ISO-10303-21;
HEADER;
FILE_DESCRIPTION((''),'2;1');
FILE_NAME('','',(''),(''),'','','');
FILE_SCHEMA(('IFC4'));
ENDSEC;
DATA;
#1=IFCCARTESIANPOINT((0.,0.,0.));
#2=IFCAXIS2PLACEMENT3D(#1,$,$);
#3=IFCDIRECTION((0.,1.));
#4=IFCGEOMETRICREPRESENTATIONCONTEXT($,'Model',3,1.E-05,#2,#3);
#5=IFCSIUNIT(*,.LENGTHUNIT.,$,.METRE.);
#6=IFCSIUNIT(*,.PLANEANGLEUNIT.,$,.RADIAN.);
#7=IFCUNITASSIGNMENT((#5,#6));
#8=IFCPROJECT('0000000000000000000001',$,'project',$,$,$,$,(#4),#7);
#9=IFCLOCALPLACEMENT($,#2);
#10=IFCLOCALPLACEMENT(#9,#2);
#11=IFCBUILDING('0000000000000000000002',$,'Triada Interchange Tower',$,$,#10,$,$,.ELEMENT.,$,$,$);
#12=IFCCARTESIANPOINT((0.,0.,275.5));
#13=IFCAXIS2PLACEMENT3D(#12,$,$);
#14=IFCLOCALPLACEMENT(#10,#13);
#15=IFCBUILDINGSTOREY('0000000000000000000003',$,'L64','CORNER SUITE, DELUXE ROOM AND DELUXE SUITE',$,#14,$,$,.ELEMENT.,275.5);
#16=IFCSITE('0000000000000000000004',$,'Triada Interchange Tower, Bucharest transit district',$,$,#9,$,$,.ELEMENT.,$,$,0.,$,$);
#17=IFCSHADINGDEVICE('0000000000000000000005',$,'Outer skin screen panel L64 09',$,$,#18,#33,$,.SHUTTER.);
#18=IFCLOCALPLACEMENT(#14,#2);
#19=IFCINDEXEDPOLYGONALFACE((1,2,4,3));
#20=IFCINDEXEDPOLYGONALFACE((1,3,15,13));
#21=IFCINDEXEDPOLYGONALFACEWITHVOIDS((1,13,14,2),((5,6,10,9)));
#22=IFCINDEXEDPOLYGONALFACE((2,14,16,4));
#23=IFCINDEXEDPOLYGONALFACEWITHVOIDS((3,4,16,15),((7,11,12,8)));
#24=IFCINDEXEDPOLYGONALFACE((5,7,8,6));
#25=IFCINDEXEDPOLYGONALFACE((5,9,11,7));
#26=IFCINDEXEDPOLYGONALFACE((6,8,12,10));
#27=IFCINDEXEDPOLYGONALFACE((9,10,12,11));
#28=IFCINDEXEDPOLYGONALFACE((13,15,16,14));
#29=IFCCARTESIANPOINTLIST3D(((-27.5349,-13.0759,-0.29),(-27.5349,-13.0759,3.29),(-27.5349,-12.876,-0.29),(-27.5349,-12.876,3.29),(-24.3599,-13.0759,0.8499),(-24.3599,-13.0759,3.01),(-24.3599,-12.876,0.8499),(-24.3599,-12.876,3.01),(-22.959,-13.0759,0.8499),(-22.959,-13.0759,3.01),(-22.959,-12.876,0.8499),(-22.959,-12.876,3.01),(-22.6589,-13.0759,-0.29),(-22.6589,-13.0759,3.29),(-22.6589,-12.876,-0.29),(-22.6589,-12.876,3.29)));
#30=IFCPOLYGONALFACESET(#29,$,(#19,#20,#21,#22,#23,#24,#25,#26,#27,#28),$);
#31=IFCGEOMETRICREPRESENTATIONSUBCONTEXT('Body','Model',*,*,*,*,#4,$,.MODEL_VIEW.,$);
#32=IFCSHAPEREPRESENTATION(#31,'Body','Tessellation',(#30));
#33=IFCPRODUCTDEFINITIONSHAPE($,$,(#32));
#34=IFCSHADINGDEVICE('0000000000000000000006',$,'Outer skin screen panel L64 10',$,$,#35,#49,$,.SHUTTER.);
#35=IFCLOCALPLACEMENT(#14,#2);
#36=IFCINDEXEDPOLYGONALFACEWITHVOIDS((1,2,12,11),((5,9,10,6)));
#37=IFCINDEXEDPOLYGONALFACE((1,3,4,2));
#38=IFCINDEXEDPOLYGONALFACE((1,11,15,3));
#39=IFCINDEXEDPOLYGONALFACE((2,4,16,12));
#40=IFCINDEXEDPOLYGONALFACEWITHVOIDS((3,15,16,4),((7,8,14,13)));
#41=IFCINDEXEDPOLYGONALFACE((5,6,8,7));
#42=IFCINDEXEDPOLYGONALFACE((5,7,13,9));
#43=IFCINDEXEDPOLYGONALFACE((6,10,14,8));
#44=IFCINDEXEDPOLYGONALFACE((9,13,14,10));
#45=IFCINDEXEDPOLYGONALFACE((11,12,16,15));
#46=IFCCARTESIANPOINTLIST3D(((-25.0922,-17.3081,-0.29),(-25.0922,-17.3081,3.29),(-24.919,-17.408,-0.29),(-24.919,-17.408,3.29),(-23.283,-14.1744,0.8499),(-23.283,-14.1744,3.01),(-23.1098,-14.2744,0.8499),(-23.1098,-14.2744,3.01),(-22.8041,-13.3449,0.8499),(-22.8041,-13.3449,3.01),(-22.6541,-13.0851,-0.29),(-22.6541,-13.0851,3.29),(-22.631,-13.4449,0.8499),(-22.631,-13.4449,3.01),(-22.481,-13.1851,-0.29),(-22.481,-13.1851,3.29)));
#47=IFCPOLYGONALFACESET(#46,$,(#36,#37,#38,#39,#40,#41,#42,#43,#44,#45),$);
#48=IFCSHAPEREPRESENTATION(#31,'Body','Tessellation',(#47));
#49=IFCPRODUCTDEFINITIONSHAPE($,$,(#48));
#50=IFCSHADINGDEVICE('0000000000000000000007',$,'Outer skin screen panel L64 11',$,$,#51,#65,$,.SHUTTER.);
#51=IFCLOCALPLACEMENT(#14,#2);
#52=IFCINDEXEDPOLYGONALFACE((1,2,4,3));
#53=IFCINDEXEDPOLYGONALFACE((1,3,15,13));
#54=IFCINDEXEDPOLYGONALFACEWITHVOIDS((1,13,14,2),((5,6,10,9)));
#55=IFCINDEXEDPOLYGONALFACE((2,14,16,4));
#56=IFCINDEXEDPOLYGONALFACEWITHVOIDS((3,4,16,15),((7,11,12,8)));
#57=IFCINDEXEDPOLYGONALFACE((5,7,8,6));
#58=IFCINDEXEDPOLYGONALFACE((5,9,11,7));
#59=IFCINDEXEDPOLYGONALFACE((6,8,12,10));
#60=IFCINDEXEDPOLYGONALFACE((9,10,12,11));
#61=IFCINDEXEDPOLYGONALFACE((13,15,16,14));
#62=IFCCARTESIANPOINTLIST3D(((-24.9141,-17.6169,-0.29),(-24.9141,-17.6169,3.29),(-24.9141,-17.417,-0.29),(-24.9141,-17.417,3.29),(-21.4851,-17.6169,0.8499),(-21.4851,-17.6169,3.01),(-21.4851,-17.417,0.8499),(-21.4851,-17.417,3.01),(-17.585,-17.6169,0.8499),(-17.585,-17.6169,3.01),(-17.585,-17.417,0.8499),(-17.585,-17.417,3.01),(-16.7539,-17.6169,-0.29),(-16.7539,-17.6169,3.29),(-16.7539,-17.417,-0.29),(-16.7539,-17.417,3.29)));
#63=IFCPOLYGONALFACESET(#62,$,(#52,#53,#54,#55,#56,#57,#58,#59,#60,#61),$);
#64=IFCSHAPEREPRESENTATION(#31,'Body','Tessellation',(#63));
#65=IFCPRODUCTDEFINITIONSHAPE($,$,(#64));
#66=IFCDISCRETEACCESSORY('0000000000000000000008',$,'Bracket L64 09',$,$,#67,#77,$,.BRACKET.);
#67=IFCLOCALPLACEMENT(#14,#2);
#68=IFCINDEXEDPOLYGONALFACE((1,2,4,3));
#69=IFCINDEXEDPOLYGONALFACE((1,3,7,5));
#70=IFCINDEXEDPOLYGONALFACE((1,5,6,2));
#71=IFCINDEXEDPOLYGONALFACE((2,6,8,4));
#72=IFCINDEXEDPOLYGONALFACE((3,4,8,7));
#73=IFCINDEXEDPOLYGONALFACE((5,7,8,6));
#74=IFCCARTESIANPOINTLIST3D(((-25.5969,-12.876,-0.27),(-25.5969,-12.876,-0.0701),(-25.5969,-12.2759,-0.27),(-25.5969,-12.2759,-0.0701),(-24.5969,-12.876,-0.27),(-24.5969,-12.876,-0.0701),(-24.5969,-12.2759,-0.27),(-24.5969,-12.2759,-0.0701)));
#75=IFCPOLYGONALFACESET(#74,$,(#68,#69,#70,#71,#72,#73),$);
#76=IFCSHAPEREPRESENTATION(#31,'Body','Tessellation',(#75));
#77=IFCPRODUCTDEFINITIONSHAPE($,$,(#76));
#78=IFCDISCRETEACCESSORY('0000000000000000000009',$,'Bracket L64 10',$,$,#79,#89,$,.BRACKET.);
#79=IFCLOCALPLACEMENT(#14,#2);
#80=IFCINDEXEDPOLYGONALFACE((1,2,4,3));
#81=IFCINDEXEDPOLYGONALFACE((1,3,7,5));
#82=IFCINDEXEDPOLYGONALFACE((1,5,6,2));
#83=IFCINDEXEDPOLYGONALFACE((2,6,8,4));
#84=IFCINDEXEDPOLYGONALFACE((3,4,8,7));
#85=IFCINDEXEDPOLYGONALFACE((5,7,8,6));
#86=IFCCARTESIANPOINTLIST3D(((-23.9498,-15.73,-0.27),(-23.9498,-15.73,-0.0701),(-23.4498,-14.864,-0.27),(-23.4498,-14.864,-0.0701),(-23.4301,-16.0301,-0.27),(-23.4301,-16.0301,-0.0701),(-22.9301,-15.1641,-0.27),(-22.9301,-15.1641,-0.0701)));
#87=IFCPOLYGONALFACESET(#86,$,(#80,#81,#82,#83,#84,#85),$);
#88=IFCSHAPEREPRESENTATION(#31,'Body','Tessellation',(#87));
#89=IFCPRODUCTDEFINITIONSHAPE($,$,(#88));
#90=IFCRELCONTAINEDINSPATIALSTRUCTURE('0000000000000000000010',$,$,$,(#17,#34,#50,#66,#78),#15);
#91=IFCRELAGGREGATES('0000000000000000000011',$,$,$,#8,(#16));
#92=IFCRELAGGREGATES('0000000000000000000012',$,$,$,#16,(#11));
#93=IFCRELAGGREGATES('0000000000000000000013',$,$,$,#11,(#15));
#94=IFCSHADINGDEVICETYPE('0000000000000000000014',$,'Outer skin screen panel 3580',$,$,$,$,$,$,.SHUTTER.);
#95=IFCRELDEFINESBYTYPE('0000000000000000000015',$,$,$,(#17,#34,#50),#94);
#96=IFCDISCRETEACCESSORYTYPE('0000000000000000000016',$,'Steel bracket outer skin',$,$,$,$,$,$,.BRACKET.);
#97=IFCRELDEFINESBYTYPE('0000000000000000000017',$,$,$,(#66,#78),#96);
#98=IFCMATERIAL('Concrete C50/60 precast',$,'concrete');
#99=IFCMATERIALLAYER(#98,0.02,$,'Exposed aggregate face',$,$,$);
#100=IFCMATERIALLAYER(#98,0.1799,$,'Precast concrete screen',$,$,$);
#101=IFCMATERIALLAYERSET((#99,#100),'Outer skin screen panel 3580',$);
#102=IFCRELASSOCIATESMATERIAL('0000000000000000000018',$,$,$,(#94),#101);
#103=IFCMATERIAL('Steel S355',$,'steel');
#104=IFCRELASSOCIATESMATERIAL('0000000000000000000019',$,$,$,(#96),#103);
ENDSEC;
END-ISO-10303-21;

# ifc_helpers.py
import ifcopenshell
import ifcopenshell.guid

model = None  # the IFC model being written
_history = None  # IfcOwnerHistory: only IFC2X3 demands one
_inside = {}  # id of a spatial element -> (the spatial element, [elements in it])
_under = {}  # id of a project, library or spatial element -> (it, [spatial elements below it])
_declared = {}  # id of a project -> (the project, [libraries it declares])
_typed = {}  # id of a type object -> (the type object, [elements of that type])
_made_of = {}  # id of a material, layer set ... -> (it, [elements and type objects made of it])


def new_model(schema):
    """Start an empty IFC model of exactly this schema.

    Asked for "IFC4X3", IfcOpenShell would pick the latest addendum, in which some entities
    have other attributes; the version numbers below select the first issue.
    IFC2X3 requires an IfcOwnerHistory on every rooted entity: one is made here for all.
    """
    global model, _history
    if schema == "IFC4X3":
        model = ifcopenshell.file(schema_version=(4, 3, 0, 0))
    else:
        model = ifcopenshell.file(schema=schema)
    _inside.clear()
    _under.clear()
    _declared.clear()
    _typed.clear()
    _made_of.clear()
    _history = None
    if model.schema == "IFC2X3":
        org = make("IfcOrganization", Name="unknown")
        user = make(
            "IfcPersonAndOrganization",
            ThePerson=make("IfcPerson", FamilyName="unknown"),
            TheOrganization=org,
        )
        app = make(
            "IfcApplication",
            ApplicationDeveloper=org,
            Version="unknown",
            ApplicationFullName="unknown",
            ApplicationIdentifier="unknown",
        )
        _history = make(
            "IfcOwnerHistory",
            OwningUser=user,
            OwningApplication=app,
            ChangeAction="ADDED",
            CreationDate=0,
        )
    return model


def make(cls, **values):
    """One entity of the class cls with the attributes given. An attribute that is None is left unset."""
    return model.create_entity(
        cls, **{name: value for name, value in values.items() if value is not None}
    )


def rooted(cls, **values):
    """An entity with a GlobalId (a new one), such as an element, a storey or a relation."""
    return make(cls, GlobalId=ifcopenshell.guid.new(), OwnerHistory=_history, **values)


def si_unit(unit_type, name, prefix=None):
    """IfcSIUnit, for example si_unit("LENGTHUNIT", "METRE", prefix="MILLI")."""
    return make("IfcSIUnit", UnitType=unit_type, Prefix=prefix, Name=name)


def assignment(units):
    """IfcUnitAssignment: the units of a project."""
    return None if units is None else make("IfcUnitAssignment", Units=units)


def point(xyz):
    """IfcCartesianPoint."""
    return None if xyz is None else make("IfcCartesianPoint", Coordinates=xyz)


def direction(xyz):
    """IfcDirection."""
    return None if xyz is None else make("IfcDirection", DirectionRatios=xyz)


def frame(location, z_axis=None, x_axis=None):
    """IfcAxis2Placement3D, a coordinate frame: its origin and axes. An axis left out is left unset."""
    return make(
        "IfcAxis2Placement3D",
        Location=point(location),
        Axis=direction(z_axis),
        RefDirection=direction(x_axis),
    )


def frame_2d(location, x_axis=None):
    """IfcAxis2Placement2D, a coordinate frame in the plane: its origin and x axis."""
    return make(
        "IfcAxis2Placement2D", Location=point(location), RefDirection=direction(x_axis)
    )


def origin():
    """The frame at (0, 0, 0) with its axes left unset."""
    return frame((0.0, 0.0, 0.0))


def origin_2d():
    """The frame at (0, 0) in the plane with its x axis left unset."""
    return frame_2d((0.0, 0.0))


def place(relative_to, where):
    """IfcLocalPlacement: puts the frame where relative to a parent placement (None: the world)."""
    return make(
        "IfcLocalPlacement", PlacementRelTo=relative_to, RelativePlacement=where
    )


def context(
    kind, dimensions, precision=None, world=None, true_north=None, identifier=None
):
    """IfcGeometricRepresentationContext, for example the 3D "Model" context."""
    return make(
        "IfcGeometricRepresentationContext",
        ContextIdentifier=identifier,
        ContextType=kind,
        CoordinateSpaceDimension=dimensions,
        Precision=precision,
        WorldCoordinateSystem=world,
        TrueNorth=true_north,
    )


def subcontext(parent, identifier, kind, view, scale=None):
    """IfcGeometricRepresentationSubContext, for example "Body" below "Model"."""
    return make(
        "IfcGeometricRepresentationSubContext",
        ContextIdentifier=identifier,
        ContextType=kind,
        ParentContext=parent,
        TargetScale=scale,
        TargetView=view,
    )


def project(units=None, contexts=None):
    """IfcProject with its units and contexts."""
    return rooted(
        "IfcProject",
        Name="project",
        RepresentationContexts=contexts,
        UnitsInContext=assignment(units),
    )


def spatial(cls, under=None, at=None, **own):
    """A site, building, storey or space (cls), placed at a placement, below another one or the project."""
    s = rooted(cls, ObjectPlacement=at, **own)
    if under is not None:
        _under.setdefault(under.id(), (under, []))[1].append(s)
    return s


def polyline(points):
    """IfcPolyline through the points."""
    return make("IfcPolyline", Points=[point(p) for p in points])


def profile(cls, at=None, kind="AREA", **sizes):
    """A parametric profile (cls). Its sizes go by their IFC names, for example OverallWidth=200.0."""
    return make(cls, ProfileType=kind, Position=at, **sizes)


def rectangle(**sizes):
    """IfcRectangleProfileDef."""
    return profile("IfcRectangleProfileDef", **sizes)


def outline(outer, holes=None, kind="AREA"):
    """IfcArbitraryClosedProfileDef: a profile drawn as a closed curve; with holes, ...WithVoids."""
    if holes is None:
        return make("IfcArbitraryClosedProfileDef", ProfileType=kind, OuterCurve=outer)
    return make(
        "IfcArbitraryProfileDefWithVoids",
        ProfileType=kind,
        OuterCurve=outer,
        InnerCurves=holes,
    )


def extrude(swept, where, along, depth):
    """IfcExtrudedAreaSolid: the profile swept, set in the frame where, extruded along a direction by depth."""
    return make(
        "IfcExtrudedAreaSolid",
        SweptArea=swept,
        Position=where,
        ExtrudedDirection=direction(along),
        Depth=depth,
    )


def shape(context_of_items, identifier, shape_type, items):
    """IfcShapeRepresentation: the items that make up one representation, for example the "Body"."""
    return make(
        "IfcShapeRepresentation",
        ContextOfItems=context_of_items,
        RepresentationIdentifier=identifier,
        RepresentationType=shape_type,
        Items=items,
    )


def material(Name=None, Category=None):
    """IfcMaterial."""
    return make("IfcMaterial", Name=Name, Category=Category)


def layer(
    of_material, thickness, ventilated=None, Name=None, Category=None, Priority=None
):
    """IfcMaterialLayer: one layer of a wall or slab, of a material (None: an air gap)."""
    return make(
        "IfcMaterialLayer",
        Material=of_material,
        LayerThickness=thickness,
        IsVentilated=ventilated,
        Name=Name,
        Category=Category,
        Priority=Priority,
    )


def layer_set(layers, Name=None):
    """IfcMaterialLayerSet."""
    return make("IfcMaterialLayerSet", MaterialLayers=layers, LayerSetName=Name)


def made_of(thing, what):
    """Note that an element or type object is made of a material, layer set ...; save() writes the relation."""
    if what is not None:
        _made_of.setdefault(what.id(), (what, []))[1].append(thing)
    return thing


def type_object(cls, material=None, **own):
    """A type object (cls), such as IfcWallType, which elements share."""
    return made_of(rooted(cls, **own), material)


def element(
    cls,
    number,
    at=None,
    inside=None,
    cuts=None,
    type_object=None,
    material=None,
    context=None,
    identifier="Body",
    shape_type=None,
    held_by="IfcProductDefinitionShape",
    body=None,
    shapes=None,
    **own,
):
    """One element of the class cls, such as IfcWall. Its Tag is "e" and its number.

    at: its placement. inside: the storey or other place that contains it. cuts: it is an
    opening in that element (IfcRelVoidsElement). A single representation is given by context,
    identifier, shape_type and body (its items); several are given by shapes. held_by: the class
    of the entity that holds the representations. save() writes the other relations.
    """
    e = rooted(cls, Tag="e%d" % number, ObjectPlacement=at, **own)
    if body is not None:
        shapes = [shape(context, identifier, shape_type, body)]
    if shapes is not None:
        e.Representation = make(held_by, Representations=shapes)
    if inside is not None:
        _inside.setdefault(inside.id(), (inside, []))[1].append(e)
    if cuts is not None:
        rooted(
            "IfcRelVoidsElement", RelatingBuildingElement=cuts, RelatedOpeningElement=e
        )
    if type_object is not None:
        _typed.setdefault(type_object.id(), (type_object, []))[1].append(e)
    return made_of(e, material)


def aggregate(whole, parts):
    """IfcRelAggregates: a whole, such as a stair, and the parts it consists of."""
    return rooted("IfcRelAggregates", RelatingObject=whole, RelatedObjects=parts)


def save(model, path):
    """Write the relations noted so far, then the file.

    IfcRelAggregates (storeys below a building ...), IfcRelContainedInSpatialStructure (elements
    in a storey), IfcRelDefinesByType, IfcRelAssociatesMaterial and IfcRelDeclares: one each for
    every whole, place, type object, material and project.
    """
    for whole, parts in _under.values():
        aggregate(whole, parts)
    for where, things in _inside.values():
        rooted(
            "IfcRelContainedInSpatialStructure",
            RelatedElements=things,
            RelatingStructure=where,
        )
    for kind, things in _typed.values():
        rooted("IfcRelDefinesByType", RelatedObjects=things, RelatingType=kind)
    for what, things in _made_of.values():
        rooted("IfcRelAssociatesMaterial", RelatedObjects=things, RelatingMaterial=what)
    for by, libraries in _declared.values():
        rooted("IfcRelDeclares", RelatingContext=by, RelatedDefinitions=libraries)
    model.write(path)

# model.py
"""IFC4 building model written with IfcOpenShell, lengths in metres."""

from ifc_helpers import new_model, si_unit, direction, frame, origin, origin_2d, place, context, subcontext, project, spatial, polyline, rectangle, outline, extrude, material, layer, layer_set, type_object, element, save


model = new_model("IFC4")

# Units and contexts
model_context = context("Model", 3, precision=1e-05, world=origin(), true_north=direction((0.0, 1.0)))
body_context = subcontext(model_context, "Body", "Model", "MODEL_VIEW")
ifc_project = project(units=[si_unit("LENGTHUNIT", "METRE"), si_unit("PLANEANGLEUNIT", "RADIAN")], contexts=[model_context])

# Site, building, storey
site_placement = place(None, origin())
site = spatial("IfcSite", under=ifc_project, at=site_placement, Name="Triada Interchange Tower, Bucharest transit district", CompositionType="ELEMENT", RefElevation=0.0)
building_placement = place(site_placement, origin())
building = spatial("IfcBuilding", under=site, at=building_placement, Name="Triada Interchange Tower", CompositionType="ELEMENT")
storey_placement = place(building_placement, frame((0.0, 0.0, 275.5)))
storey = spatial("IfcBuildingStorey", under=building, at=storey_placement, Name="L64", Description="CORNER SUITE, DELUXE ROOM AND DELUXE SUITE", CompositionType="ELEMENT", Elevation=275.5)

# Shading devices
ifc_material_1 = material(Name="Concrete C50/60 precast", Category="concrete")
ifc_layer_1 = layer(ifc_material_1, 0.02, Name="Exposed aggregate face")
ifc_layer_2 = layer(ifc_material_1, 0.1799, Name="Precast concrete screen")
ifc_layer_set_1 = layer_set([ifc_layer_1, ifc_layer_2], Name="Outer skin screen panel 3580")
shading_device_type = type_object("IfcShadingDeviceType", Name="Outer skin screen panel 3580", PredefinedType="SHUTTER", material=ifc_layer_set_1)
shading_device_1_placement = place(storey_placement, frame((-27.5349, -12.876, -0.29), z_axis=(0.0, 0.0, 1.0), x_axis=(1.0, 0.0, 0.0)))
element("IfcShadingDevice", 1, at=shading_device_1_placement, inside=storey, type_object=shading_device_type, Name="Outer skin screen panel L64 09", PredefinedType="SHUTTER", context=body_context, shape_type="SweptSolid", body=[
    extrude(outline(polyline([(0.0, 0.0), (4.876, 0.0), (4.876, 3.5801), (0.0, 3.5801), (0.0, 0.0)]), holes=[polyline([(3.175, 1.1399), (3.175, 3.3), (4.5759, 3.3), (4.5759, 1.1399), (3.175, 1.1399)])]), frame((0.0, 0.0, 0.0), z_axis=(0.0, -1.0, 0.0), x_axis=(1.0, 0.0, 0.0)), (0.0, 0.0, 1.0), 0.2),
])
shading_device_2_placement = place(storey_placement, frame((-22.481, -13.1851, -0.29), z_axis=(0.0, 0.0, 1.0), x_axis=(-0.499984, -0.866035, 0.0)))
element("IfcShadingDevice", 2, at=shading_device_2_placement, inside=storey, type_object=shading_device_type, Name="Outer skin screen panel L64 10", PredefinedType="SHUTTER", context=body_context, shape_type="SweptSolid", body=[
    extrude(outline(polyline([(0.0, 0.0), (4.8762, 0.0), (4.8762, 3.5801), (0.0, 3.5801), (0.0, 0.0)]), holes=[polyline([(0.3, 1.1399), (0.3, 3.3), (1.2578, 3.3), (1.2578, 1.1399), (0.3, 1.1399)])]), frame((0.0, 0.0, 0.0), z_axis=(0.0, -1.0, 0.0), x_axis=(1.0, 0.0, 0.0)), (0.0, 0.0, 1.0), 0.2),
])
shading_device_3_placement = place(storey_placement, frame((-24.9141, -17.417, -0.29), z_axis=(0.0, 0.0, 1.0), x_axis=(1.0, 0.0, 0.0)))
element("IfcShadingDevice", 3, at=shading_device_3_placement, inside=storey, type_object=shading_device_type, Name="Outer skin screen panel L64 11", PredefinedType="SHUTTER", context=body_context, shape_type="SweptSolid", body=[
    extrude(outline(polyline([(0.0, 0.0), (8.1602, 0.0), (8.1602, 3.5801), (0.0, 3.5801), (0.0, 0.0)]), holes=[polyline([(3.429, 1.1399), (3.429, 3.3), (7.3291, 3.3), (7.3291, 1.1399), (3.429, 1.1399)])]), frame((0.0, 0.0, 0.0), z_axis=(0.0, -1.0, 0.0), x_axis=(1.0, 0.0, 0.0)), (0.0, 0.0, 1.0), 0.2),
])

# Discrete accessories
ifc_material_2 = material(Name="Steel S355", Category="steel")
discrete_accessory_type = type_object("IfcDiscreteAccessoryType", Name="Steel bracket outer skin", PredefinedType="BRACKET", material=ifc_material_2)
for number, where, z_axis, x_axis, name in (
    (4, (-25.0969, -12.5759, -0.27), (0.0, 0.0, 1.0), (0.0, -1.0, 0.0), "Bracket L64 09"),
    (5, (-23.4399, -15.447, -0.27), (0.0, 0.0, 1.0), (-0.866005, 0.500036, 0.0), "Bracket L64 10"),
):
    element("IfcDiscreteAccessory", number, at=place(storey_placement, frame(where, z_axis=z_axis, x_axis=x_axis)), inside=storey, type_object=discrete_accessory_type, Name=name, PredefinedType="BRACKET", context=body_context, shape_type="SweptSolid", body=[
        extrude(rectangle(XDim=0.6001, YDim=1.0, at=origin_2d()), origin(), (0.0, 0.0, 1.0), 0.2),
    ])

save(model, "model.ifc")
